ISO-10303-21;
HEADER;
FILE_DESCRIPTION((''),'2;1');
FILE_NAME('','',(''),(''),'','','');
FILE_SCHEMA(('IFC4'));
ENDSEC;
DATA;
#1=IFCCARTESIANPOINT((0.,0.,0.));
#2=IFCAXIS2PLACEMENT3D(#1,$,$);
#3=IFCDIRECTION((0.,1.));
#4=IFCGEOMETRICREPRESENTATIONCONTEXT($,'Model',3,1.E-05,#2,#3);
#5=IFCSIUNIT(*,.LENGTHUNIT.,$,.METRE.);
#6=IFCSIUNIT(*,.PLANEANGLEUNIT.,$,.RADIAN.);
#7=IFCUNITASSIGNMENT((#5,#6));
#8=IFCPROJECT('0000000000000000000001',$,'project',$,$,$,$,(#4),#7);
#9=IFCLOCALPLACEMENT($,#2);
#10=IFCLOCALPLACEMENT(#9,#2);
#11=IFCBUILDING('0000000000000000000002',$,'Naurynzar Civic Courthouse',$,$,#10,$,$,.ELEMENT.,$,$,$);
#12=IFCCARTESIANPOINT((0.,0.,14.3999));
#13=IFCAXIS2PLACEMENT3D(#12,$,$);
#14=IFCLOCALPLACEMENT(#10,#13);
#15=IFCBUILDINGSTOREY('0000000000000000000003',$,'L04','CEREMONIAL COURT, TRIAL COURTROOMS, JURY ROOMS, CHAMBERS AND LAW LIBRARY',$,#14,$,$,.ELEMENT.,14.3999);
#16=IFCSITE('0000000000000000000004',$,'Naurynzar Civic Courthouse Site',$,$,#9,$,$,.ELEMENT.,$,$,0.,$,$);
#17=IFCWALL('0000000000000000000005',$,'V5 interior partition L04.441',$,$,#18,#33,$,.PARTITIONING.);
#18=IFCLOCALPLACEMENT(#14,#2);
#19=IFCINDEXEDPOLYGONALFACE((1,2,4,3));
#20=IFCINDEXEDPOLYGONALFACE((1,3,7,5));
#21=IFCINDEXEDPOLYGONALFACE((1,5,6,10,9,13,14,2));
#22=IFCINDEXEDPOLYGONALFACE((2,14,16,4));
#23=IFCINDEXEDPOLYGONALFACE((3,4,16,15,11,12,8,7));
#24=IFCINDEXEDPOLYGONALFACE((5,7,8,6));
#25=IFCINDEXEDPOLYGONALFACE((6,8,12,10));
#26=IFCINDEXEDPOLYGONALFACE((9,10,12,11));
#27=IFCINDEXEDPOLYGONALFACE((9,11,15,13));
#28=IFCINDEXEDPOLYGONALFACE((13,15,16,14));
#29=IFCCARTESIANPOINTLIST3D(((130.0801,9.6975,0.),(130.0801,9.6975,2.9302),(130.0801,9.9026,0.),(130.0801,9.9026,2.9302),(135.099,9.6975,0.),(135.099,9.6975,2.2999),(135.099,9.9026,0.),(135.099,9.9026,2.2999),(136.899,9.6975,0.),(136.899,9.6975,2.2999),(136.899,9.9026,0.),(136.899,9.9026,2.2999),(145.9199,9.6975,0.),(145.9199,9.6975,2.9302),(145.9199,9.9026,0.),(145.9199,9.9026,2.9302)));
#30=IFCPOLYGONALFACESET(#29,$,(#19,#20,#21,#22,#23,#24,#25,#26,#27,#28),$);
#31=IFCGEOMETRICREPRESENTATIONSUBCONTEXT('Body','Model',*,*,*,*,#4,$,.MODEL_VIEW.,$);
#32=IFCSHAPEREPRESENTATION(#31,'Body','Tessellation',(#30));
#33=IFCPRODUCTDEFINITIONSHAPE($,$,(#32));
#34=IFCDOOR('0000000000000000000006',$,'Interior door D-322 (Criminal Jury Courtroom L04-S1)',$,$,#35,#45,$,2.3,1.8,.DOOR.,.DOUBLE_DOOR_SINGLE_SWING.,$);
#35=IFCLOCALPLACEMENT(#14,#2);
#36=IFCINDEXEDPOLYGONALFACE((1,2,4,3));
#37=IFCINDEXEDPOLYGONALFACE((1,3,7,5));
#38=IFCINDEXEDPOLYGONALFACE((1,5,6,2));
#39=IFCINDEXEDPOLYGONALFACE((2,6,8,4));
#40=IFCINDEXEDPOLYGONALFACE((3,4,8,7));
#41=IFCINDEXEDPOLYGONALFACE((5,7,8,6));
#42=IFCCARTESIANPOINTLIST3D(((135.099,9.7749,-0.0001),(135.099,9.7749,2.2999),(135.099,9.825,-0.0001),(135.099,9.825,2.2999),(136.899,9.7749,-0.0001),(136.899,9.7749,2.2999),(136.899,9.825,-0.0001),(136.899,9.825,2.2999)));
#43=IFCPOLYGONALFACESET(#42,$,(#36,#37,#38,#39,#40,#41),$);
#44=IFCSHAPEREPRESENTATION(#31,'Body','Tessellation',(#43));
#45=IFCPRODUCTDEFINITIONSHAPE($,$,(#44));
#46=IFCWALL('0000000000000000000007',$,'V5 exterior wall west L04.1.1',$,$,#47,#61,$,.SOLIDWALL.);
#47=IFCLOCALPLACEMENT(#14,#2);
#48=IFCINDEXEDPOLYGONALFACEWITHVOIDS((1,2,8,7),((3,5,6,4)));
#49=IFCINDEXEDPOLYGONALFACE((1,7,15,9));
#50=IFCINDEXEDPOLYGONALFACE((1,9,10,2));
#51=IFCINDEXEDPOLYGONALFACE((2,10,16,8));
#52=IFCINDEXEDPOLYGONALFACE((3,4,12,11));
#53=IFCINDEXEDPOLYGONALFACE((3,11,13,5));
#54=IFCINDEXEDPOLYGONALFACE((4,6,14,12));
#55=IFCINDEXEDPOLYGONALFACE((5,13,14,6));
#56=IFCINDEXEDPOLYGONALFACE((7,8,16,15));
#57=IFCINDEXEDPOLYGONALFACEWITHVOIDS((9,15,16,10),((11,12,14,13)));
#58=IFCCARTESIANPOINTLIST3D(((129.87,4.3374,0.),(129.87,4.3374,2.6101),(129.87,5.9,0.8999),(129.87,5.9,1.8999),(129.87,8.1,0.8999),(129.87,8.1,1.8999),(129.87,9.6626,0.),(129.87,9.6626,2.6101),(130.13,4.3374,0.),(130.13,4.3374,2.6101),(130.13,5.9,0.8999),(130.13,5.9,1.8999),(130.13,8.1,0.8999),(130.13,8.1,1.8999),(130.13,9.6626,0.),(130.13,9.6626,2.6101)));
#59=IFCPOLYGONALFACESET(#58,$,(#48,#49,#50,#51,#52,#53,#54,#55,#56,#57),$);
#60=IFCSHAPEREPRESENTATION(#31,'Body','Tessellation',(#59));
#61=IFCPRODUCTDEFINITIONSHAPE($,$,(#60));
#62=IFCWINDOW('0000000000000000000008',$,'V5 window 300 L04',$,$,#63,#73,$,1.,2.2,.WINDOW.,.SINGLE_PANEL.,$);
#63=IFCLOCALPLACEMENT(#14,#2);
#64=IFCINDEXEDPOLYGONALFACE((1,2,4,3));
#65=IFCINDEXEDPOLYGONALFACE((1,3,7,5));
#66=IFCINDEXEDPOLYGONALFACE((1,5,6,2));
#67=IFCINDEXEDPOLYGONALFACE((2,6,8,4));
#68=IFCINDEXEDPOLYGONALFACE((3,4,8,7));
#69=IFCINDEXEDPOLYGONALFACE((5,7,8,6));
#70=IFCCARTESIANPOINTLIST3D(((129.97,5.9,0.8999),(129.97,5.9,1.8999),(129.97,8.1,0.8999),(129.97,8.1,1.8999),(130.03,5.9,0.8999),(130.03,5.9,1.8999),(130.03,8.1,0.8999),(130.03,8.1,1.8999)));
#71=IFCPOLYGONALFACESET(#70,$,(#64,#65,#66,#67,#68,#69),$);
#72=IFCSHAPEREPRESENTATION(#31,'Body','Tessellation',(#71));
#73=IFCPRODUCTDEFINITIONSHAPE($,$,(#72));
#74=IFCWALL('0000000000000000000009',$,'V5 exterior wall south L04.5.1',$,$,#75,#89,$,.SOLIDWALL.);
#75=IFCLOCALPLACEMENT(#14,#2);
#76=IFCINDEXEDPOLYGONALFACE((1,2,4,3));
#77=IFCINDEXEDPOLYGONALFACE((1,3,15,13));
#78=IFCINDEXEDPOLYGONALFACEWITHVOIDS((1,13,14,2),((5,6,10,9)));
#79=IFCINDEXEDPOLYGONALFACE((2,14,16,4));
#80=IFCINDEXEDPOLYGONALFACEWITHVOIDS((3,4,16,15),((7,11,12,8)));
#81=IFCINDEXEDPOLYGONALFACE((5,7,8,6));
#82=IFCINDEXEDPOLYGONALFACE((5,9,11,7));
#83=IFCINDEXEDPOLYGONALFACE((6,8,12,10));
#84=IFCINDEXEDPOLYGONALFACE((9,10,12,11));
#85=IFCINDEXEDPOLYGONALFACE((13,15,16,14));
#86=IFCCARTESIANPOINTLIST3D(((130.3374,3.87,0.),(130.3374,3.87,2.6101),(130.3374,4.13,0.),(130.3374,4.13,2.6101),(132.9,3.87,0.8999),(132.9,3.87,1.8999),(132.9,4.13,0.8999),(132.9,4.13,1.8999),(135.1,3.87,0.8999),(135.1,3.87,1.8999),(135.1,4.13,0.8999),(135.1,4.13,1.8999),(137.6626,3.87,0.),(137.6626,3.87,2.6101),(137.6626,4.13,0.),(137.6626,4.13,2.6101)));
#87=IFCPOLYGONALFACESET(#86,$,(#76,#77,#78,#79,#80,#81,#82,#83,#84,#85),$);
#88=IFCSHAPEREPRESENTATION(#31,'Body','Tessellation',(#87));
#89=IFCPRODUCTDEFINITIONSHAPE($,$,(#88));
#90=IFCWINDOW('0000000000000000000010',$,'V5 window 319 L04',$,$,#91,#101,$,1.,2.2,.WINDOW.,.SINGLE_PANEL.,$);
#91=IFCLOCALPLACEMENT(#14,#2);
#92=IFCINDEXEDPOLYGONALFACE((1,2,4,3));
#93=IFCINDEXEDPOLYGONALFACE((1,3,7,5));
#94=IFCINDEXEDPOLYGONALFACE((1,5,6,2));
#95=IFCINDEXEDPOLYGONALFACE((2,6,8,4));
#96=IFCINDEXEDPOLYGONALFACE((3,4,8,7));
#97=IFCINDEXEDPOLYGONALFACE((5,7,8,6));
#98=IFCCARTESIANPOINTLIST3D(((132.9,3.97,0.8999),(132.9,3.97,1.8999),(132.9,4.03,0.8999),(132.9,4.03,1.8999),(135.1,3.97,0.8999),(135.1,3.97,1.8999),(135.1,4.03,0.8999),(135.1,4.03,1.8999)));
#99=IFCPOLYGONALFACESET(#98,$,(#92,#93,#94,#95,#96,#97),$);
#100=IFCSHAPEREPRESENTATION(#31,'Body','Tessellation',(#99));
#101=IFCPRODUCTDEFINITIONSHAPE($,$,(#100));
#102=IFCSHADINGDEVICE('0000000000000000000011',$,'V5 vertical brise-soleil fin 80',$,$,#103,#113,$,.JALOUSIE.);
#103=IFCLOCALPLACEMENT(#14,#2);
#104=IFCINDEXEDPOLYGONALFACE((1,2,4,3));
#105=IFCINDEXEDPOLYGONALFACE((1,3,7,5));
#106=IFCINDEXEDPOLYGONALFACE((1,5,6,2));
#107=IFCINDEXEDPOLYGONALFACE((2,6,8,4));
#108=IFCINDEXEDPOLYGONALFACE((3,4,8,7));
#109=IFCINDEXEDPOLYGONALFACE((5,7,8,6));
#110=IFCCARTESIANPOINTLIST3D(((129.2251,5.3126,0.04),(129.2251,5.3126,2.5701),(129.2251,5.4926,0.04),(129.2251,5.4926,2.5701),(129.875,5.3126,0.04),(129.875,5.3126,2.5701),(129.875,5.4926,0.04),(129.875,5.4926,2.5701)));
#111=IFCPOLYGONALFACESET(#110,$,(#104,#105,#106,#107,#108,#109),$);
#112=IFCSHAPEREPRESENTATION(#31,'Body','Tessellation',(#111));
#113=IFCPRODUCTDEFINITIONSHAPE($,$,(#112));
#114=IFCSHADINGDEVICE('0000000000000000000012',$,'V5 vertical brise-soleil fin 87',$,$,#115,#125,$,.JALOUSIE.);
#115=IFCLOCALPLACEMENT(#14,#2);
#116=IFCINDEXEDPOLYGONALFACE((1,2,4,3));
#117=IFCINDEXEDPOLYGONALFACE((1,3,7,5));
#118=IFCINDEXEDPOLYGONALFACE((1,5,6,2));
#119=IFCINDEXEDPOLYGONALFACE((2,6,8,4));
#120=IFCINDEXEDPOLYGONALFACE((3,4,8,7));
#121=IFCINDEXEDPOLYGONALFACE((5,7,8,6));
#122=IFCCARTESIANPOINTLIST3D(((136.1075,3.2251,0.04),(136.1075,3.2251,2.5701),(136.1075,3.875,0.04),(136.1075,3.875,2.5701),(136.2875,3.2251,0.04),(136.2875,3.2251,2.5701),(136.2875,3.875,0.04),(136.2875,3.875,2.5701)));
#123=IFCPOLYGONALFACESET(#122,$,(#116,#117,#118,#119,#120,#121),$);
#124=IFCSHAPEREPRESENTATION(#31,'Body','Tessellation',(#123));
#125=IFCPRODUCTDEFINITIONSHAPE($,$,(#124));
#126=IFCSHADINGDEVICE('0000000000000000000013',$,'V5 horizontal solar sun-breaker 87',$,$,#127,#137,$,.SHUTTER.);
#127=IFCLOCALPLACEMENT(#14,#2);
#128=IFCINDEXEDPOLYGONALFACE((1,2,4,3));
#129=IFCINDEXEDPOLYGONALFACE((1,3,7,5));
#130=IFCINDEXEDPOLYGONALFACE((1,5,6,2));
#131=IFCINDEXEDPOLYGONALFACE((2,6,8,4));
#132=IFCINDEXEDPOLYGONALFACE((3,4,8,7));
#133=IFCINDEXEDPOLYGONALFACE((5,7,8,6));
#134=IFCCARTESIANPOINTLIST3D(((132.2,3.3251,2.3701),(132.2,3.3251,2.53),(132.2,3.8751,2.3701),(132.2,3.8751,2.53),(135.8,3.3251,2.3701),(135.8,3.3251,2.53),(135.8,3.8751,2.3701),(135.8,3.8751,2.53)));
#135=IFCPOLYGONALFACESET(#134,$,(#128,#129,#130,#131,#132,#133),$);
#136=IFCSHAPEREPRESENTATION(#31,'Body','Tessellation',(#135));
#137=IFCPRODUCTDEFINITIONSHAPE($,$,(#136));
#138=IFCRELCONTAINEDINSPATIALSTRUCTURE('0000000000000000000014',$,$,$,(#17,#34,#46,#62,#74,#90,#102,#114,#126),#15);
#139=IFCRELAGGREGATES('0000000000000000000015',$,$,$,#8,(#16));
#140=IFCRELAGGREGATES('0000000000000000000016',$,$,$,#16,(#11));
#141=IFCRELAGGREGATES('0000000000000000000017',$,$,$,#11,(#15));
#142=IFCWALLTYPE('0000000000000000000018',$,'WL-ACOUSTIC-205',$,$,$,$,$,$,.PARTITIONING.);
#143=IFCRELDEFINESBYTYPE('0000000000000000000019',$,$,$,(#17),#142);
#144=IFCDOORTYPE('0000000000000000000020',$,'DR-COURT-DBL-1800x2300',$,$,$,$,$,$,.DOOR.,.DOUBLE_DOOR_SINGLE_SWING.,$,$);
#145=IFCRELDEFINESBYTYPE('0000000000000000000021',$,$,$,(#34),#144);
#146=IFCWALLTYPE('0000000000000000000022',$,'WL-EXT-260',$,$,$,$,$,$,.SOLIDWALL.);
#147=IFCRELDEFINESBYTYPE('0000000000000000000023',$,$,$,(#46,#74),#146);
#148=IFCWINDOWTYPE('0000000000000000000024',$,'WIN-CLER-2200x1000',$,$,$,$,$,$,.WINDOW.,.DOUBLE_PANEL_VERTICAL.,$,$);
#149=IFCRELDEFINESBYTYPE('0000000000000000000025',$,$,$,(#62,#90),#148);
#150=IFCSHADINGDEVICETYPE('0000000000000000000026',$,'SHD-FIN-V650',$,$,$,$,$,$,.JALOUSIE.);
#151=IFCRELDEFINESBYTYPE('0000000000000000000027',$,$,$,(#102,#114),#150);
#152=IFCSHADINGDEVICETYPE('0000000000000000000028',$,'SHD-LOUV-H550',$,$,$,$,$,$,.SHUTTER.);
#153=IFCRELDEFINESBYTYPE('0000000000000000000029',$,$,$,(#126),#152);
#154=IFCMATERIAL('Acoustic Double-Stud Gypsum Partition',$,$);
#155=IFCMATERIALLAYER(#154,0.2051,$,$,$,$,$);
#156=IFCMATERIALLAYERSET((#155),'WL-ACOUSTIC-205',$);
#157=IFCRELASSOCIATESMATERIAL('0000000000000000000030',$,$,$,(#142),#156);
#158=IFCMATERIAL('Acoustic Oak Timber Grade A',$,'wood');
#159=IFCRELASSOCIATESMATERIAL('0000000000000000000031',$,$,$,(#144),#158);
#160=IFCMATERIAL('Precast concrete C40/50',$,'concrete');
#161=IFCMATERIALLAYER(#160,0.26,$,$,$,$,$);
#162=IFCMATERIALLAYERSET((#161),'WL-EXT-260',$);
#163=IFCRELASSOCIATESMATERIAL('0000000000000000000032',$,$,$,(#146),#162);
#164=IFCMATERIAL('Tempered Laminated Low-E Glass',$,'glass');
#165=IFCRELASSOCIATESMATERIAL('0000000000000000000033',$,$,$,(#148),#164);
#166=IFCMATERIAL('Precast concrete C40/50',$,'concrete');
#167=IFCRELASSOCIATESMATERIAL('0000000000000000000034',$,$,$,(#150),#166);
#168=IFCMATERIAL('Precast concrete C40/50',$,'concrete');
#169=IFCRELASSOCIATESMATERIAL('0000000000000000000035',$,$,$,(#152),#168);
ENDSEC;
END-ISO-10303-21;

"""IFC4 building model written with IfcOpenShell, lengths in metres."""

from ifc_helpers import new_model, si_unit, direction, frame, frame_2d, origin, origin_2d, place, context, subcontext, project, spatial, rectangle, extrude, material, layer, layer_set, type_object, element, fill, save


model = new_model("IFC4")

# Units and contexts
model_context = context("Model", 3, precision=1e-05, world=origin(), true_north=direction((0.0, 1.0)))
body_context = subcontext(model_context, "Body", "Model", "MODEL_VIEW")
ifc_project = project(units=[si_unit("LENGTHUNIT", "METRE"), si_unit("PLANEANGLEUNIT", "RADIAN")], contexts=[model_context])

# Site, building, storey
site_placement = place(None, origin())
site = spatial("IfcSite", under=ifc_project, at=site_placement, Name="Naurynzar Civic Courthouse Site", CompositionType="ELEMENT", RefElevation=0.0)
building_placement = place(site_placement, origin())
building = spatial("IfcBuilding", under=site, at=building_placement, Name="Naurynzar Civic Courthouse", CompositionType="ELEMENT")
storey_placement = place(building_placement, frame((0.0, 0.0, 14.3999)))
storey = spatial("IfcBuildingStorey", under=building, at=storey_placement, Name="L04", Description="CEREMONIAL COURT, TRIAL COURTROOMS, JURY ROOMS, CHAMBERS AND LAW LIBRARY", CompositionType="ELEMENT", Elevation=14.3999)

# Wall, opening, door
ifc_material_1 = material(Name="Acoustic Double-Stud Gypsum Partition")
ifc_layer_1 = layer(ifc_material_1, 0.2051)
ifc_layer_set_1 = layer_set([ifc_layer_1], Name="WL-ACOUSTIC-205")
wall_type_1 = type_object("IfcWallType", Name="WL-ACOUSTIC-205", PredefinedType="PARTITIONING", material=ifc_layer_set_1)
wall_1_placement = place(storey_placement, frame((130.0801, 9.8, 0.0), z_axis=(0.0, 0.0, 1.0), x_axis=(1.0, 0.0, 0.0)))
wall_1 = element("IfcWall", 1, at=wall_1_placement, inside=storey, type_object=wall_type_1, Name="V5 interior partition L04.441", PredefinedType="PARTITIONING", context=body_context, shape_type="SweptSolid", body=[
    extrude(rectangle(XDim=15.8398, YDim=0.2051, at=frame_2d((7.9199, 0.0))), origin(), (0.0, 0.0, 1.0), 2.9302),
])
opening_1_placement = place(wall_1_placement, frame((5.019, 0.0, 0.0)))
opening_1 = element("IfcOpeningElement", 2, at=opening_1_placement, cuts=wall_1, PredefinedType="OPENING", context=body_context, shape_type="SweptSolid", body=[
    extrude(rectangle(XDim=1.8, YDim=2.3, at=frame_2d((0.8999, 1.1499))), frame((0.0, 0.1125, 0.0), z_axis=(0.0, -1.0, 0.0), x_axis=(1.0, 0.0, 0.0)), (0.0, 0.0, 1.0), 0.2251),
])
ifc_material_2 = material(Name="Acoustic Oak Timber Grade A", Category="wood")
door_type = type_object("IfcDoorType", Name="DR-COURT-DBL-1800x2300", OperationType="DOUBLE_DOOR_SINGLE_SWING", PredefinedType="DOOR", material=ifc_material_2)
door_placement = place(opening_1_placement, origin())
door = element("IfcDoor", 3, at=door_placement, inside=storey, type_object=door_type, Name="Interior door D-322 (Criminal Jury Courtroom L04-S1)", OperationType="DOUBLE_DOOR_SINGLE_SWING", OverallHeight=2.3, OverallWidth=1.8, PredefinedType="DOOR", context=body_context, shape_type="SweptSolid", body=[
    extrude(rectangle(XDim=1.8, YDim=2.3, at=frame_2d((0.8999, 1.1499))), frame((0.0, 0.0249, 0.0), z_axis=(0.0, -1.0, 0.0), x_axis=(1.0, 0.0, 0.0)), (0.0, 0.0, 1.0), 0.05),
])
fill(opening_1, door)

# Walls, openings, windows
ifc_material_3 = material(Name="Precast concrete C40/50", Category="concrete")
ifc_layer_2 = layer(ifc_material_3, 0.26)
ifc_layer_set_2 = layer_set([ifc_layer_2], Name="WL-EXT-260")
wall_type_2 = type_object("IfcWallType", Name="WL-EXT-260", PredefinedType="SOLIDWALL", material=ifc_layer_set_2)
wall_2_placement = place(storey_placement, frame((130.0, 4.3374, 0.0), z_axis=(0.0, 0.0, 1.0), x_axis=(0.0, 1.0, 0.0)))
wall_2 = element("IfcWall", 4, at=wall_2_placement, inside=storey, type_object=wall_type_2, Name="V5 exterior wall west L04.1.1", PredefinedType="SOLIDWALL", context=body_context, shape_type="SweptSolid", body=[
    extrude(rectangle(XDim=5.3252, YDim=0.26, at=frame_2d((2.6626, 0.0))), origin(), (0.0, 0.0, 1.0), 2.6101),
])
opening_2_placement = place(wall_2_placement, frame((1.5625, 0.0, 0.8999)))
opening_2 = element("IfcOpeningElement", 5, at=opening_2_placement, cuts=wall_2, PredefinedType="OPENING", context=body_context, shape_type="SweptSolid", body=[
    extrude(rectangle(XDim=2.2, YDim=1.0, at=frame_2d((1.1001, 0.5))), frame((0.0, 0.1399, 0.0), z_axis=(0.0, -1.0, 0.0), x_axis=(1.0, 0.0, 0.0)), (0.0, 0.0, 1.0), 0.28),
])
ifc_material_4 = material(Name="Tempered Laminated Low-E Glass", Category="glass")
window_type = type_object("IfcWindowType", Name="WIN-CLER-2200x1000", PartitioningType="DOUBLE_PANEL_VERTICAL", PredefinedType="WINDOW", material=ifc_material_4)
window_1_placement = place(opening_2_placement, origin())
window_1 = element("IfcWindow", 6, at=window_1_placement, inside=storey, type_object=window_type, Name="V5 window 300 L04", OverallHeight=1.0, OverallWidth=2.2, PartitioningType="SINGLE_PANEL", PredefinedType="WINDOW", context=body_context, shape_type="SweptSolid", body=[
    extrude(rectangle(XDim=2.2, YDim=1.0, at=frame_2d((1.1001, 0.5))), frame((0.0, 0.03, 0.0), z_axis=(0.0, -1.0, 0.0), x_axis=(1.0, 0.0, 0.0)), (0.0, 0.0, 1.0), 0.0601),
])
fill(opening_2, window_1)
wall_3_placement = place(storey_placement, frame((137.6626, 4.0, 0.0), z_axis=(0.0, 0.0, 1.0), x_axis=(-1.0, 0.0, 0.0)))
wall_3 = element("IfcWall", 7, at=wall_3_placement, inside=storey, type_object=wall_type_2, Name="V5 exterior wall south L04.5.1", PredefinedType="SOLIDWALL", context=body_context, shape_type="SweptSolid", body=[
    extrude(rectangle(XDim=7.3252, YDim=0.26, at=frame_2d((3.6626, 0.0))), origin(), (0.0, 0.0, 1.0), 2.6101),
])
opening_3_placement = place(wall_3_placement, frame((2.5625, 0.0, 0.8999)))
opening_3 = element("IfcOpeningElement", 8, at=opening_3_placement, cuts=wall_3, PredefinedType="OPENING", context=body_context, shape_type="SweptSolid", body=[
    extrude(rectangle(XDim=2.2, YDim=1.0, at=frame_2d((1.1001, 0.5))), frame((0.0, 0.1399, 0.0), z_axis=(0.0, -1.0, 0.0), x_axis=(1.0, 0.0, 0.0)), (0.0, 0.0, 1.0), 0.28),
])
window_2_placement = place(opening_3_placement, origin())
window_2 = element("IfcWindow", 9, at=window_2_placement, inside=storey, type_object=window_type, Name="V5 window 319 L04", OverallHeight=1.0, OverallWidth=2.2, PartitioningType="SINGLE_PANEL", PredefinedType="WINDOW", context=body_context, shape_type="SweptSolid", body=[
    extrude(rectangle(XDim=2.2, YDim=1.0, at=frame_2d((1.1001, 0.5))), frame((0.0, 0.03, 0.0), z_axis=(0.0, -1.0, 0.0), x_axis=(1.0, 0.0, 0.0)), (0.0, 0.0, 1.0), 0.0601),
])
fill(opening_3, window_2)

# Shading devices
ifc_material_5 = material(Name="Precast concrete C40/50", Category="concrete")
shading_device_type_1 = type_object("IfcShadingDeviceType", Name="SHD-FIN-V650", PredefinedType="JALOUSIE", material=ifc_material_5)
for number, where, z_axis, x_axis, name in (
    (10, (129.55, 5.4026, 0.04), (0.0, 0.0, 1.0), (0.0, 1.0, 0.0), "V5 vertical brise-soleil fin 80"),
    (11, (136.1975, 3.55, 0.04), (0.0, 0.0, 1.0), (-1.0, 0.0, 0.0), "V5 vertical brise-soleil fin 87"),
):
    element("IfcShadingDevice", number, at=place(storey_placement, frame(where, z_axis=z_axis, x_axis=x_axis)), inside=storey, type_object=shading_device_type_1, Name=name, PredefinedType="JALOUSIE", context=body_context, shape_type="SweptSolid", body=[
        extrude(rectangle(XDim=0.1799, YDim=0.6499, at=origin_2d()), origin(), (0.0, 0.0, 1.0), 2.53),
    ])
ifc_material_6 = material(Name="Precast concrete C40/50", Category="concrete")
shading_device_type_2 = type_object("IfcShadingDeviceType", Name="SHD-LOUV-H550", PredefinedType="SHUTTER", material=ifc_material_6)
shading_device_placement = place(storey_placement, frame((134.0, 3.6001, 2.3701), z_axis=(0.0, 0.0, 1.0), x_axis=(-1.0, 0.0, 0.0)))
element("IfcShadingDevice", 12, at=shading_device_placement, inside=storey, type_object=shading_device_type_2, Name="V5 horizontal solar sun-breaker 87", PredefinedType="SHUTTER", context=body_context, shape_type="SweptSolid", body=[
    extrude(rectangle(XDim=3.6001, YDim=0.55, at=origin_2d()), origin(), (0.0, 0.0, 1.0), 0.1599),
])

save(model, "model.ifc")
